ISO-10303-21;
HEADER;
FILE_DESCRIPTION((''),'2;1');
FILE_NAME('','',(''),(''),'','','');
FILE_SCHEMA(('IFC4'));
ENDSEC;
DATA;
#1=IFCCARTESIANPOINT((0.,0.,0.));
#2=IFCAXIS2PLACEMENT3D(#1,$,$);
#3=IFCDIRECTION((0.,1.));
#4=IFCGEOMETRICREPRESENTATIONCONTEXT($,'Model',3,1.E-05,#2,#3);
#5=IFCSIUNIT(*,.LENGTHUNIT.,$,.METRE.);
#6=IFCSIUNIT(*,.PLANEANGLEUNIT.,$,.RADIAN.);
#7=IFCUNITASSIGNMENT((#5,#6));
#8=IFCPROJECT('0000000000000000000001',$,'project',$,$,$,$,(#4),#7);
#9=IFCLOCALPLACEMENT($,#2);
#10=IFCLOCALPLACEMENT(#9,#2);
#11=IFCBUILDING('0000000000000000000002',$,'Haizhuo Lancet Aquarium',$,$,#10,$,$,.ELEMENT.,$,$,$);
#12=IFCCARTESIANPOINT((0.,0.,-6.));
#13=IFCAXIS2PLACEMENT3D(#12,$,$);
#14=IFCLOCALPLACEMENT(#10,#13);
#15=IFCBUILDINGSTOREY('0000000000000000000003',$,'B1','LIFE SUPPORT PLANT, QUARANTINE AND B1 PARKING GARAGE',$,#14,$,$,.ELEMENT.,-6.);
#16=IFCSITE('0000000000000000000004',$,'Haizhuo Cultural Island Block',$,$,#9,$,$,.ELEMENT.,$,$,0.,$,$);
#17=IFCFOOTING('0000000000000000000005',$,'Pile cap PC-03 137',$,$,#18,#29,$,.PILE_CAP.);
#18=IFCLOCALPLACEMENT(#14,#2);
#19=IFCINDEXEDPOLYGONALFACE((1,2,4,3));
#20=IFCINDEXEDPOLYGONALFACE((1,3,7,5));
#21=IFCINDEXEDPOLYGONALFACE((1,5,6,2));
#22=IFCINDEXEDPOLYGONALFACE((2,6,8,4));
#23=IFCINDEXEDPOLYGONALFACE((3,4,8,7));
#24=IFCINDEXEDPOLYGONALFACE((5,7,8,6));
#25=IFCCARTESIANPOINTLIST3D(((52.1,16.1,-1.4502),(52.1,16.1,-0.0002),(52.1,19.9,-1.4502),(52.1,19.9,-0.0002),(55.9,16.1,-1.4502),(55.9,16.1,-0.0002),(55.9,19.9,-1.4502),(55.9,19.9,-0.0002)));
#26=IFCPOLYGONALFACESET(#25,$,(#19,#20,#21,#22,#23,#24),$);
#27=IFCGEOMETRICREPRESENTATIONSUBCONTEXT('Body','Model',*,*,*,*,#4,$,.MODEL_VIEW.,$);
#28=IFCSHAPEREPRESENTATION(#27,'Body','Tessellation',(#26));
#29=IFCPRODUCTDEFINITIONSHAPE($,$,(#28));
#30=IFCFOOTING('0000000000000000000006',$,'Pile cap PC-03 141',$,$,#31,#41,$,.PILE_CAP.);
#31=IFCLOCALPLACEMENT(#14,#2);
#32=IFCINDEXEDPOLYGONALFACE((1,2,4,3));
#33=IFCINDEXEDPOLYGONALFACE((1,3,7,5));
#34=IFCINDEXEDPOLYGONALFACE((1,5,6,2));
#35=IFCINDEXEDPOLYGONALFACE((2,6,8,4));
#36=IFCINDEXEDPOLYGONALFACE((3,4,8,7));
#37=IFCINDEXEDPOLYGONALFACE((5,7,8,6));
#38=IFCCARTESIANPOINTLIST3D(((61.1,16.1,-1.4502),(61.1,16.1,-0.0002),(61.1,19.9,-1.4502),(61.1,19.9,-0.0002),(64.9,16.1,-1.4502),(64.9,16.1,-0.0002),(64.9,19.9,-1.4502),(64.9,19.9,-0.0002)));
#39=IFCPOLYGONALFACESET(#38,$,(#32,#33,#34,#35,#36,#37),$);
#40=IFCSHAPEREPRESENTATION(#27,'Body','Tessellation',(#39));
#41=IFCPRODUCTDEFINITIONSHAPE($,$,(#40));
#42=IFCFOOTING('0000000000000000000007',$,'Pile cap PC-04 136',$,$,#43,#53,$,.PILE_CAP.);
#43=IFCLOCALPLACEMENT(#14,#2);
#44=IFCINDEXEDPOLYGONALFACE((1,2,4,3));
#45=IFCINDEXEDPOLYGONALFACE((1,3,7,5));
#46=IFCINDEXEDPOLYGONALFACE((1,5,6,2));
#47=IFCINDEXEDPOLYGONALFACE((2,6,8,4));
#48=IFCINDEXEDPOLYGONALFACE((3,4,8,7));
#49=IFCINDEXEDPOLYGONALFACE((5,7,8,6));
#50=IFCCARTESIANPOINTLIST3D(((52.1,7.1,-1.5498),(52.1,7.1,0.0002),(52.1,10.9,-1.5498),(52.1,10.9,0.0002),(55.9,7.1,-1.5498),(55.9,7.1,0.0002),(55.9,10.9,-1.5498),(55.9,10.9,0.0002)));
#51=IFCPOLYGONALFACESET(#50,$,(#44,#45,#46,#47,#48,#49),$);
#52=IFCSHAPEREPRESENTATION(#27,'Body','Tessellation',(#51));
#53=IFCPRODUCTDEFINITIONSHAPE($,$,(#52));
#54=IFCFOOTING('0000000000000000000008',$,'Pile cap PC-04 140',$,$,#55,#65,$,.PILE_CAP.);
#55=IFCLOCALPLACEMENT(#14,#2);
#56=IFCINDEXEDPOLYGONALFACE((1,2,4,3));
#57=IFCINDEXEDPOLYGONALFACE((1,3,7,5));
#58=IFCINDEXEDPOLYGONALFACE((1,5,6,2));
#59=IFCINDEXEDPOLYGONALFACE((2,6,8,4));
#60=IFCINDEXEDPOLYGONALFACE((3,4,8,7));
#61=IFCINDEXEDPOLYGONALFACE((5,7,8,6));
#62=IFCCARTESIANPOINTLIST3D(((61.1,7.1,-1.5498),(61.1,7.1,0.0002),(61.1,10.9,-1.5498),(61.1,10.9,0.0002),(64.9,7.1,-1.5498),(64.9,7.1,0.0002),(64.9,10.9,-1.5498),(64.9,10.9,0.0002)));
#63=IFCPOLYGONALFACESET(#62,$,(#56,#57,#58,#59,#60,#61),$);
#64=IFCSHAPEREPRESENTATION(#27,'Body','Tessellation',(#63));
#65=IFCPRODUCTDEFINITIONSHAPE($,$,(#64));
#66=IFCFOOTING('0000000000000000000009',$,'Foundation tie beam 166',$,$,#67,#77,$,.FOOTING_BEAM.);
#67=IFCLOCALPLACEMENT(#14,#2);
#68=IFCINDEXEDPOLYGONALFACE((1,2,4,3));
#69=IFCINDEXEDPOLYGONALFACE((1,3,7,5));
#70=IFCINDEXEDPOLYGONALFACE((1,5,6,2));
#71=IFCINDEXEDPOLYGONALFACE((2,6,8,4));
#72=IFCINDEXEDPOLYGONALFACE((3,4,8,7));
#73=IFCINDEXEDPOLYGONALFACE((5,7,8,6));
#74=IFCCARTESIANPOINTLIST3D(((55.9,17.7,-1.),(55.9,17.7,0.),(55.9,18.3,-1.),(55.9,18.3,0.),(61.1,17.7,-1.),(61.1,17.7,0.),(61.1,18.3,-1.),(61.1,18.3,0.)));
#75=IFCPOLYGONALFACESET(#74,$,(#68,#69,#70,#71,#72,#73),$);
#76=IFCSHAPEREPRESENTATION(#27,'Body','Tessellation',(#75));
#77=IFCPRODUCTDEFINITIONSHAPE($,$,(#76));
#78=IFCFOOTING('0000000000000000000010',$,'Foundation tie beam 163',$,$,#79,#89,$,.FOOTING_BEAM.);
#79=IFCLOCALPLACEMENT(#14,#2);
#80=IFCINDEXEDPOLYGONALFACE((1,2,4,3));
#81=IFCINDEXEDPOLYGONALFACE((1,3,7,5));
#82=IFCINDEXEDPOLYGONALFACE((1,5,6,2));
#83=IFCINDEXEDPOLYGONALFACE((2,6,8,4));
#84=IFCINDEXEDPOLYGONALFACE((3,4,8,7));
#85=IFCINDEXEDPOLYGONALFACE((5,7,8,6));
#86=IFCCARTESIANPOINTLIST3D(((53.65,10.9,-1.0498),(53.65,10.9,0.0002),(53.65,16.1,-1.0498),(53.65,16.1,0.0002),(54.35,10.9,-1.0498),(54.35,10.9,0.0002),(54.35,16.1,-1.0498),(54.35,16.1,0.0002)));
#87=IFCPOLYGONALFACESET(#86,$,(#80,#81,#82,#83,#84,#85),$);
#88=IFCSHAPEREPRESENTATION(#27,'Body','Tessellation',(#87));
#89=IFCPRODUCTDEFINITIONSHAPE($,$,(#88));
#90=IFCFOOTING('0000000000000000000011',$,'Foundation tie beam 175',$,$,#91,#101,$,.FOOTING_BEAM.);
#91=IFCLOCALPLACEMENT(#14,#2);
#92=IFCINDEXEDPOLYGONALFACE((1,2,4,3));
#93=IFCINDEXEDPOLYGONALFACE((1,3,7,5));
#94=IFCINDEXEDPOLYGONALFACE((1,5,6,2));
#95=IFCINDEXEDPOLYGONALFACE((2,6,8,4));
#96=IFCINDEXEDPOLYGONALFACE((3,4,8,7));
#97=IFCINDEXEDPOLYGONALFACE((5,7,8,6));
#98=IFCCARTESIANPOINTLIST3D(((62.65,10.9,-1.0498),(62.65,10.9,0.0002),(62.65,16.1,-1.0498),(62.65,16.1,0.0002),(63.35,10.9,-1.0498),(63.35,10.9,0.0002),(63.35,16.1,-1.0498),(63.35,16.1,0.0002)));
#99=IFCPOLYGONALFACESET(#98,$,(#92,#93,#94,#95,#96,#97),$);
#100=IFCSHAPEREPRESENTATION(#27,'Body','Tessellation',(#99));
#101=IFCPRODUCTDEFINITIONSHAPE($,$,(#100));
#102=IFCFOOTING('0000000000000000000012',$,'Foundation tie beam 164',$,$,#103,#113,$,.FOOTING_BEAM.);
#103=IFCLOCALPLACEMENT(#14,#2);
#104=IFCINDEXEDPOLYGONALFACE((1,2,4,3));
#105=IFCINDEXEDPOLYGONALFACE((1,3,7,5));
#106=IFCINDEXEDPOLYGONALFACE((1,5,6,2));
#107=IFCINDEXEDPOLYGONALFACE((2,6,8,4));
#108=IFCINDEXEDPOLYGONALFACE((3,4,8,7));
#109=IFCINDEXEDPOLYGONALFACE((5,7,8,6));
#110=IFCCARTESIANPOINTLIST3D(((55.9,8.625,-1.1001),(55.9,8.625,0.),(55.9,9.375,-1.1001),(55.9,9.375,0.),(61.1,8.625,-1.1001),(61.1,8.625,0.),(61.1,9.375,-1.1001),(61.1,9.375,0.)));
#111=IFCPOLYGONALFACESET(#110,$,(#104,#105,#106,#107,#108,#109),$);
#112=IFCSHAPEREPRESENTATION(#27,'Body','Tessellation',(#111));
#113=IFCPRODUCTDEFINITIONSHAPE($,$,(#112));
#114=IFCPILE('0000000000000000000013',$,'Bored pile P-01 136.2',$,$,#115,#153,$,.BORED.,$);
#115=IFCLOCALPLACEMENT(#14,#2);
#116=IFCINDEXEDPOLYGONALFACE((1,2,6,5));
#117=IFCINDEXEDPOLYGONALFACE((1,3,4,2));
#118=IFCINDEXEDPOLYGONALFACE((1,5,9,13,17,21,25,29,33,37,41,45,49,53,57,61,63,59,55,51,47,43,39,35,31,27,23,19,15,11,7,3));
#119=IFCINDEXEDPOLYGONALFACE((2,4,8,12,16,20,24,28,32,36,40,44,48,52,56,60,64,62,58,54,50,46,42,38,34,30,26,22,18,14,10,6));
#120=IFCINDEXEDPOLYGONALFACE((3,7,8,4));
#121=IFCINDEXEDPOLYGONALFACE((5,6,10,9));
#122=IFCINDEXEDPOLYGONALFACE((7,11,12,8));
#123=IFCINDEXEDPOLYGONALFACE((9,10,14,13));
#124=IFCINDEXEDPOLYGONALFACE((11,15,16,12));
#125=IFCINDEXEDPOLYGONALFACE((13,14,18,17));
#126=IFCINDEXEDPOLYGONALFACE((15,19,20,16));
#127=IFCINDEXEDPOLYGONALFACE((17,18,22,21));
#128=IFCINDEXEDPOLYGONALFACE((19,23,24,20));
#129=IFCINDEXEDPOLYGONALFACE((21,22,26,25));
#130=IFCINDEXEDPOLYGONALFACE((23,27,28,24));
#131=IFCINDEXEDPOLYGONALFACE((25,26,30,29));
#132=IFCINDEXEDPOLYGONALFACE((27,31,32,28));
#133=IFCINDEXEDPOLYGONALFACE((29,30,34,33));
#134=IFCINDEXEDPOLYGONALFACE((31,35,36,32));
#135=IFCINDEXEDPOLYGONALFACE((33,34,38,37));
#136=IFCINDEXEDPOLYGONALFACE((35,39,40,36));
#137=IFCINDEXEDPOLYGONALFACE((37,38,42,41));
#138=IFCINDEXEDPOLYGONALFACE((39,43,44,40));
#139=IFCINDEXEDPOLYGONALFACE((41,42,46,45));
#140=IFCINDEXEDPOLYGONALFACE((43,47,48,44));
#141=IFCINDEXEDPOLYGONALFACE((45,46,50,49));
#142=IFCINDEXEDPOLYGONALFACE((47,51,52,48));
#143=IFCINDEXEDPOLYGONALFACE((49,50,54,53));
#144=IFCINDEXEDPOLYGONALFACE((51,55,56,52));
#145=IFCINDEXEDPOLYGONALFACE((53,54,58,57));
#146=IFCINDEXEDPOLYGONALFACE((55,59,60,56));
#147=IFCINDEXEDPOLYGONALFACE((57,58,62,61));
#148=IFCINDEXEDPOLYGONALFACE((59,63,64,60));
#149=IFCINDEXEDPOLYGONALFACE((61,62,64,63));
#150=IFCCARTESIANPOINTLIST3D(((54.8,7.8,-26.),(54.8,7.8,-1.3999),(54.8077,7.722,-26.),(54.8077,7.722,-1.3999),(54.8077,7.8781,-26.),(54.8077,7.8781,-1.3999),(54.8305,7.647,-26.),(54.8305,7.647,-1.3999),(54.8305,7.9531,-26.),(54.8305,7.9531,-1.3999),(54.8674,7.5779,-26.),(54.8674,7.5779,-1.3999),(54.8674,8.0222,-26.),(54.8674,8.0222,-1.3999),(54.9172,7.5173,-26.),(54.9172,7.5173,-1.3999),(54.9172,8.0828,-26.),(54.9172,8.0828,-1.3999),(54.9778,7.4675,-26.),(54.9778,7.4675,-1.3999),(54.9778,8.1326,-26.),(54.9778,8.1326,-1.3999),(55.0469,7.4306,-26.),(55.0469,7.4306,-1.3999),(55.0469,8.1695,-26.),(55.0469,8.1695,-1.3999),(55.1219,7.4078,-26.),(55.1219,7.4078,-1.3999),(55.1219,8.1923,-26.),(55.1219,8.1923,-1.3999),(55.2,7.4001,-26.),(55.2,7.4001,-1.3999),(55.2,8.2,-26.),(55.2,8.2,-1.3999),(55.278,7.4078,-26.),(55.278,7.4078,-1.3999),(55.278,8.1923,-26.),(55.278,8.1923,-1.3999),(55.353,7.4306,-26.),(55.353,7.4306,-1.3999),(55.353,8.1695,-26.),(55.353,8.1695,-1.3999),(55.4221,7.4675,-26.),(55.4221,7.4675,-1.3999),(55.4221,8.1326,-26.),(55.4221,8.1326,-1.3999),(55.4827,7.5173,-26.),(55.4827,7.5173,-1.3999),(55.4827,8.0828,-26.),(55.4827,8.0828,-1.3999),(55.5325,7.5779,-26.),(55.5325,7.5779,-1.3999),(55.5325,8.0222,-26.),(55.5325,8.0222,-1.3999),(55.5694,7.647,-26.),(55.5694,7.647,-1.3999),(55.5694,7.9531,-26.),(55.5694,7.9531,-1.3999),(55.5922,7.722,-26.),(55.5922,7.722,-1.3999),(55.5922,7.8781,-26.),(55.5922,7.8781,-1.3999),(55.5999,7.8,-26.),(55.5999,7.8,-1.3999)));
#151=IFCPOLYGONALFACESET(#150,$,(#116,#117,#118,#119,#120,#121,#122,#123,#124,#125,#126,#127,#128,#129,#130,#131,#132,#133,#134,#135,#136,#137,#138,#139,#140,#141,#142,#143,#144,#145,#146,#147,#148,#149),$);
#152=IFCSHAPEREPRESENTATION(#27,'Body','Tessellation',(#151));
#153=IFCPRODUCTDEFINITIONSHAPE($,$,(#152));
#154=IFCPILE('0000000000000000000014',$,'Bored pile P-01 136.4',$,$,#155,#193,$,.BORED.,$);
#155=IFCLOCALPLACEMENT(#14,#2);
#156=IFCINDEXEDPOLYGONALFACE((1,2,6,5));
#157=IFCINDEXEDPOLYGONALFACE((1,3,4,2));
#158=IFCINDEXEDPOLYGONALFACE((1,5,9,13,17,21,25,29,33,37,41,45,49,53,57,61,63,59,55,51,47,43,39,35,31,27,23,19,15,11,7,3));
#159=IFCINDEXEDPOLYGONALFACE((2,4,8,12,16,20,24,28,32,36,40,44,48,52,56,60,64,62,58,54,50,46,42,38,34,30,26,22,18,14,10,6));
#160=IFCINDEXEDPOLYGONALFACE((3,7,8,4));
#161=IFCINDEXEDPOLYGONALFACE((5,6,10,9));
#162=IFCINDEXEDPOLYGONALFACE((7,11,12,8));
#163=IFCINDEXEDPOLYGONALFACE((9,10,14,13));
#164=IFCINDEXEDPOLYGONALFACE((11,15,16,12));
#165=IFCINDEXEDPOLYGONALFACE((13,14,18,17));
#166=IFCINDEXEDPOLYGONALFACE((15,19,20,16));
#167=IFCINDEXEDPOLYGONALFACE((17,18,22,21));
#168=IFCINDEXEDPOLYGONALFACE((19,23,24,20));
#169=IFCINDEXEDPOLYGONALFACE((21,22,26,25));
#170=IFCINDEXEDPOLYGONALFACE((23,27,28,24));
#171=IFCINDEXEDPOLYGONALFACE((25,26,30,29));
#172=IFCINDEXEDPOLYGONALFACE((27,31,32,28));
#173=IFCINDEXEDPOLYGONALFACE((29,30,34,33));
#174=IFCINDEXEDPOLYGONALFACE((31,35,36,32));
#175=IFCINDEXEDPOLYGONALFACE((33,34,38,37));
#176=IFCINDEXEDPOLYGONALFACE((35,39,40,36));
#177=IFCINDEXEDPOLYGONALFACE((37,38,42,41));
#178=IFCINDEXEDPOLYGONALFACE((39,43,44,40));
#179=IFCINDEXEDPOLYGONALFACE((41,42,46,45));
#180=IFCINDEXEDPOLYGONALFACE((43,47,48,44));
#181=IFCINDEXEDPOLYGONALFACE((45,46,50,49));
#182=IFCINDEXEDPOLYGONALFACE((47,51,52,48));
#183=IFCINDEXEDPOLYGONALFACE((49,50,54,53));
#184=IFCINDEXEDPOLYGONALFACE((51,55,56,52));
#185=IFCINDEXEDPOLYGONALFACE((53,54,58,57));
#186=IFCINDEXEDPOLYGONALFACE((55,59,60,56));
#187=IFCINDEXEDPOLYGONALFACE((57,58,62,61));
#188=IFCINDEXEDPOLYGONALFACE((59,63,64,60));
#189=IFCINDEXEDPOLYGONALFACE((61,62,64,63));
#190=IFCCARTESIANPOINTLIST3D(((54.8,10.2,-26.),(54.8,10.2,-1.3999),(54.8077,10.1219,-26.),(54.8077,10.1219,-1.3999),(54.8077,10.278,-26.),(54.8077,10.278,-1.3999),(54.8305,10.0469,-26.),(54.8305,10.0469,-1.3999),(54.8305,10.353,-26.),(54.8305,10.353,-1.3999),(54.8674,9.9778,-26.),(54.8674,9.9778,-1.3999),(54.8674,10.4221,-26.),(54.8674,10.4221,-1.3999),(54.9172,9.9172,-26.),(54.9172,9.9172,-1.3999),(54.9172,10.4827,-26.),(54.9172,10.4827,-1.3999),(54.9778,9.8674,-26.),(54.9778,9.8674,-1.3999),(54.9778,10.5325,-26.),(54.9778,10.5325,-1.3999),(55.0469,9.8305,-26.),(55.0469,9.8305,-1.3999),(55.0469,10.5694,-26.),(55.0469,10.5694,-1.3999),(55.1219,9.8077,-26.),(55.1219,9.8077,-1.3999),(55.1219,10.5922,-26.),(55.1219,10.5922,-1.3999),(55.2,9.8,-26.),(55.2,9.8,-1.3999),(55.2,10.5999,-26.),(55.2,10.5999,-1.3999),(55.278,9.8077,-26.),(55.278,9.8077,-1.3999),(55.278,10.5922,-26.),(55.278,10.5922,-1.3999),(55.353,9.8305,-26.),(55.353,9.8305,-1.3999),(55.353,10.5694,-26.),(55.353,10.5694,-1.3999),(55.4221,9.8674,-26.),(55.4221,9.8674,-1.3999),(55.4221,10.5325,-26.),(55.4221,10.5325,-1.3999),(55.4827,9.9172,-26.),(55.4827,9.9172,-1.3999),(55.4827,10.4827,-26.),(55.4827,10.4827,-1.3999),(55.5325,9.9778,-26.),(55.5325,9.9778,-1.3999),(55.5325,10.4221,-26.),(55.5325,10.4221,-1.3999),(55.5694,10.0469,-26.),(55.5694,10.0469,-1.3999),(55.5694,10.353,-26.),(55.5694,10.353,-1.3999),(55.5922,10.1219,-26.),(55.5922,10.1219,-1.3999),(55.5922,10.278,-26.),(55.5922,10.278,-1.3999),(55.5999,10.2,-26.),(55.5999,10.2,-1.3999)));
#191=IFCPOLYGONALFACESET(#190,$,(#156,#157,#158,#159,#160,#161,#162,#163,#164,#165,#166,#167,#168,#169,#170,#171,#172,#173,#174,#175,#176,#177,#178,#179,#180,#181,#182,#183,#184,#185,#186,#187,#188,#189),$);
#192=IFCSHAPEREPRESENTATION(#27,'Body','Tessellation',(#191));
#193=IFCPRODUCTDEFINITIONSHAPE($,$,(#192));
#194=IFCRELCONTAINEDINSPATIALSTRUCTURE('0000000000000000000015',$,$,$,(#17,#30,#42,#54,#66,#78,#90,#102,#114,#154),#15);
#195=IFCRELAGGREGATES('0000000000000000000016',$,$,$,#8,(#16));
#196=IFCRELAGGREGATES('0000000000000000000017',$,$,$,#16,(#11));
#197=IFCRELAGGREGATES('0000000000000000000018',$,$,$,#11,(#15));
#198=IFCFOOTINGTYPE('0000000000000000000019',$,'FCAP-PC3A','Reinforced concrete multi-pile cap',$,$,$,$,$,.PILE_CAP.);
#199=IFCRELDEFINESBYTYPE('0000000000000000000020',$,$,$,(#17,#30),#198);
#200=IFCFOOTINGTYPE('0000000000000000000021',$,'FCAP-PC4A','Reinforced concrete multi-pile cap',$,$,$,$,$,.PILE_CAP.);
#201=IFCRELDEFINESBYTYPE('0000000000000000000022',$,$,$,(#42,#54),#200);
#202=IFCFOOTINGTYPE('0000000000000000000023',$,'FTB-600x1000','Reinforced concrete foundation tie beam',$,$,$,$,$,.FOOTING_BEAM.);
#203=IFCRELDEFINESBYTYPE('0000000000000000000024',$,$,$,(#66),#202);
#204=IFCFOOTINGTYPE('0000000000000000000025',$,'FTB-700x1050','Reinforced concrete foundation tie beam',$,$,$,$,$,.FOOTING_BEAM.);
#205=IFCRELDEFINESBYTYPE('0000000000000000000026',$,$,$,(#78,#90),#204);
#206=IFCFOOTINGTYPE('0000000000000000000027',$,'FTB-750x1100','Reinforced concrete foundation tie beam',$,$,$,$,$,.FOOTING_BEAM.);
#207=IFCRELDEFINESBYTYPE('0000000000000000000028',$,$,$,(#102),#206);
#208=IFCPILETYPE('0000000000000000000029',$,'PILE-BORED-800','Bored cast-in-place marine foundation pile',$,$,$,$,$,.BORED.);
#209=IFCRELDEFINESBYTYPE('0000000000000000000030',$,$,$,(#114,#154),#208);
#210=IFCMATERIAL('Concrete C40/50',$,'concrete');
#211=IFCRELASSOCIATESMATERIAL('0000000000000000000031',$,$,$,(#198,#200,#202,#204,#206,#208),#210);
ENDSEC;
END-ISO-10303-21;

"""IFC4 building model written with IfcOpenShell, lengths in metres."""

from ifc_helpers import new_model, si_unit, direction, frame, origin, origin_2d, place, context, subcontext, project, spatial, rectangle, circle, extrude, material, material_profile, profile_set, type_object, element, save


model = new_model("IFC4")

# Units and contexts
model_context = context("Model", 3, precision=1e-05, world=origin(), true_north=direction((0.0, 1.0)))
body_context = subcontext(model_context, "Body", "Model", "MODEL_VIEW")
ifc_project = project(units=[si_unit("LENGTHUNIT", "METRE"), si_unit("PLANEANGLEUNIT", "RADIAN")], contexts=[model_context])

# Site, building, storey
site_placement = place(None, origin())
site = spatial("IfcSite", under=ifc_project, at=site_placement, Name="Haizhuo Cultural Island Block", CompositionType="ELEMENT", RefElevation=0.0)
building_placement = place(site_placement, origin())
building = spatial("IfcBuilding", under=site, at=building_placement, Name="Haizhuo Lancet Aquarium", CompositionType="ELEMENT")
storey_placement = place(building_placement, frame((0.0, 0.0, -6.0)))
storey = spatial("IfcBuildingStorey", under=building, at=storey_placement, Name="B1", Description="LIFE SUPPORT PLANT, QUARANTINE AND B1 PARKING GARAGE", CompositionType="ELEMENT", Elevation=-6.0)

# Footings
ifc_material_1 = material(Name="Concrete C40/50", Category="concrete")
footing_type_1 = type_object("IfcFootingType", Name="FCAP-PC3A", Description="Reinforced concrete multi-pile cap", PredefinedType="PILE_CAP", material=ifc_material_1)
for number, where, z_axis, x_axis, name in (
    (1, (54.0, 18.0, -1.4502), (0.0, 0.0, 1.0), (1.0, 0.0, 0.0), "Pile cap PC-03 137"),
    (2, (63.0, 18.0, -1.4502), (0.0, 0.0, 1.0), (1.0, 0.0, 0.0), "Pile cap PC-03 141"),
):
    element("IfcFooting", number, at=place(storey_placement, frame(where, z_axis=z_axis, x_axis=x_axis)), inside=storey, type_object=footing_type_1, Name=name, PredefinedType="PILE_CAP", context=body_context, shape_type="SweptSolid", body=[
        extrude(rectangle(XDim=3.8, YDim=3.8, at=origin_2d()), origin(), (0.0, 0.0, 1.0), 1.45),
    ])
footing_type_2 = type_object("IfcFootingType", Name="FCAP-PC4A", Description="Reinforced concrete multi-pile cap", PredefinedType="PILE_CAP", material=ifc_material_1)
for number, where, z_axis, x_axis, name in (
    (3, (54.0, 9.0, -1.5498), (0.0, 0.0, 1.0), (1.0, 0.0, 0.0), "Pile cap PC-04 136"),
    (4, (63.0, 9.0, -1.5498), (0.0, 0.0, 1.0), (1.0, 0.0, 0.0), "Pile cap PC-04 140"),
):
    element("IfcFooting", number, at=place(storey_placement, frame(where, z_axis=z_axis, x_axis=x_axis)), inside=storey, type_object=footing_type_2, Name=name, PredefinedType="PILE_CAP", context=body_context, shape_type="SweptSolid", body=[
        extrude(rectangle(XDim=3.8, YDim=3.8, at=origin_2d()), origin(), (0.0, 0.0, 1.0), 1.55),
    ])
footing_type_3 = type_object("IfcFootingType", Name="FTB-600x1000", Description="Reinforced concrete foundation tie beam", PredefinedType="FOOTING_BEAM", material=ifc_material_1)
footing_1_placement = place(storey_placement, frame((58.5, 18.0, -1.0), z_axis=(0.0, 0.0, 1.0), x_axis=(1.0, 0.0, 0.0)))
element("IfcFooting", 5, at=footing_1_placement, inside=storey, type_object=footing_type_3, Name="Foundation tie beam 166", PredefinedType="FOOTING_BEAM", context=body_context, shape_type="SweptSolid", body=[
    extrude(rectangle(XDim=5.2, YDim=0.6001, at=origin_2d()), origin(), (0.0, 0.0, 1.0), 1.0),
])
footing_type_4 = type_object("IfcFootingType", Name="FTB-700x1050", Description="Reinforced concrete foundation tie beam", PredefinedType="FOOTING_BEAM", material=ifc_material_1)
for number, where, z_axis, x_axis, name in (
    (6, (54.0, 13.5, -1.0498), (0.0, 0.0, 1.0), (0.0, 1.0, 0.0), "Foundation tie beam 163"),
    (7, (63.0, 13.5, -1.0498), (0.0, 0.0, 1.0), (0.0, 1.0, 0.0), "Foundation tie beam 175"),
):
    element("IfcFooting", number, at=place(storey_placement, frame(where, z_axis=z_axis, x_axis=x_axis)), inside=storey, type_object=footing_type_4, Name=name, PredefinedType="FOOTING_BEAM", context=body_context, shape_type="SweptSolid", body=[
        extrude(rectangle(XDim=5.2, YDim=0.7, at=origin_2d()), origin(), (0.0, 0.0, 1.0), 1.05),
    ])
footing_type_5 = type_object("IfcFootingType", Name="FTB-750x1100", Description="Reinforced concrete foundation tie beam", PredefinedType="FOOTING_BEAM", material=ifc_material_1)
footing_2_placement = place(storey_placement, frame((58.5, 9.0, -1.1001), z_axis=(0.0, 0.0, 1.0), x_axis=(1.0, 0.0, 0.0)))
element("IfcFooting", 8, at=footing_2_placement, inside=storey, type_object=footing_type_5, Name="Foundation tie beam 164", PredefinedType="FOOTING_BEAM", context=body_context, shape_type="SweptSolid", body=[
    extrude(rectangle(XDim=5.2, YDim=0.75, at=origin_2d()), origin(), (0.0, 0.0, 1.0), 1.1001),
])

# Piles
ifc_material_profile_1 = material_profile(ifc_material_1, circle(Radius=0.3999, at=origin_2d()), Name="PILE-800")
ifc_profile_set_1 = profile_set([ifc_material_profile_1], Name="Concrete C40/50")
pile_type = type_object("IfcPileType", Name="PILE-BORED-800", Description="Bored cast-in-place marine foundation pile", PredefinedType="BORED", material=ifc_profile_set_1)
for number, where, z_axis, x_axis, name in (
    (9, (55.2, 7.8, -1.3999), (0.0, 0.0, -1.0), (1.0, 0.0, 0.0), "Bored pile P-01 136.2"),
    (10, (55.2, 10.2, -1.3999), (0.0, 0.0, -1.0), (1.0, 0.0, 0.0), "Bored pile P-01 136.4"),
):
    element("IfcPile", number, at=place(storey_placement, frame(where, z_axis=z_axis, x_axis=x_axis)), inside=storey, type_object=pile_type, Name=name, PredefinedType="BORED", context=body_context, shape_type="SweptSolid", body=[
        extrude(circle(Radius=0.3999, at=origin_2d()), origin(), (0.0, 0.0, 1.0), 24.6001),
    ])

save(model, "model.ifc")
